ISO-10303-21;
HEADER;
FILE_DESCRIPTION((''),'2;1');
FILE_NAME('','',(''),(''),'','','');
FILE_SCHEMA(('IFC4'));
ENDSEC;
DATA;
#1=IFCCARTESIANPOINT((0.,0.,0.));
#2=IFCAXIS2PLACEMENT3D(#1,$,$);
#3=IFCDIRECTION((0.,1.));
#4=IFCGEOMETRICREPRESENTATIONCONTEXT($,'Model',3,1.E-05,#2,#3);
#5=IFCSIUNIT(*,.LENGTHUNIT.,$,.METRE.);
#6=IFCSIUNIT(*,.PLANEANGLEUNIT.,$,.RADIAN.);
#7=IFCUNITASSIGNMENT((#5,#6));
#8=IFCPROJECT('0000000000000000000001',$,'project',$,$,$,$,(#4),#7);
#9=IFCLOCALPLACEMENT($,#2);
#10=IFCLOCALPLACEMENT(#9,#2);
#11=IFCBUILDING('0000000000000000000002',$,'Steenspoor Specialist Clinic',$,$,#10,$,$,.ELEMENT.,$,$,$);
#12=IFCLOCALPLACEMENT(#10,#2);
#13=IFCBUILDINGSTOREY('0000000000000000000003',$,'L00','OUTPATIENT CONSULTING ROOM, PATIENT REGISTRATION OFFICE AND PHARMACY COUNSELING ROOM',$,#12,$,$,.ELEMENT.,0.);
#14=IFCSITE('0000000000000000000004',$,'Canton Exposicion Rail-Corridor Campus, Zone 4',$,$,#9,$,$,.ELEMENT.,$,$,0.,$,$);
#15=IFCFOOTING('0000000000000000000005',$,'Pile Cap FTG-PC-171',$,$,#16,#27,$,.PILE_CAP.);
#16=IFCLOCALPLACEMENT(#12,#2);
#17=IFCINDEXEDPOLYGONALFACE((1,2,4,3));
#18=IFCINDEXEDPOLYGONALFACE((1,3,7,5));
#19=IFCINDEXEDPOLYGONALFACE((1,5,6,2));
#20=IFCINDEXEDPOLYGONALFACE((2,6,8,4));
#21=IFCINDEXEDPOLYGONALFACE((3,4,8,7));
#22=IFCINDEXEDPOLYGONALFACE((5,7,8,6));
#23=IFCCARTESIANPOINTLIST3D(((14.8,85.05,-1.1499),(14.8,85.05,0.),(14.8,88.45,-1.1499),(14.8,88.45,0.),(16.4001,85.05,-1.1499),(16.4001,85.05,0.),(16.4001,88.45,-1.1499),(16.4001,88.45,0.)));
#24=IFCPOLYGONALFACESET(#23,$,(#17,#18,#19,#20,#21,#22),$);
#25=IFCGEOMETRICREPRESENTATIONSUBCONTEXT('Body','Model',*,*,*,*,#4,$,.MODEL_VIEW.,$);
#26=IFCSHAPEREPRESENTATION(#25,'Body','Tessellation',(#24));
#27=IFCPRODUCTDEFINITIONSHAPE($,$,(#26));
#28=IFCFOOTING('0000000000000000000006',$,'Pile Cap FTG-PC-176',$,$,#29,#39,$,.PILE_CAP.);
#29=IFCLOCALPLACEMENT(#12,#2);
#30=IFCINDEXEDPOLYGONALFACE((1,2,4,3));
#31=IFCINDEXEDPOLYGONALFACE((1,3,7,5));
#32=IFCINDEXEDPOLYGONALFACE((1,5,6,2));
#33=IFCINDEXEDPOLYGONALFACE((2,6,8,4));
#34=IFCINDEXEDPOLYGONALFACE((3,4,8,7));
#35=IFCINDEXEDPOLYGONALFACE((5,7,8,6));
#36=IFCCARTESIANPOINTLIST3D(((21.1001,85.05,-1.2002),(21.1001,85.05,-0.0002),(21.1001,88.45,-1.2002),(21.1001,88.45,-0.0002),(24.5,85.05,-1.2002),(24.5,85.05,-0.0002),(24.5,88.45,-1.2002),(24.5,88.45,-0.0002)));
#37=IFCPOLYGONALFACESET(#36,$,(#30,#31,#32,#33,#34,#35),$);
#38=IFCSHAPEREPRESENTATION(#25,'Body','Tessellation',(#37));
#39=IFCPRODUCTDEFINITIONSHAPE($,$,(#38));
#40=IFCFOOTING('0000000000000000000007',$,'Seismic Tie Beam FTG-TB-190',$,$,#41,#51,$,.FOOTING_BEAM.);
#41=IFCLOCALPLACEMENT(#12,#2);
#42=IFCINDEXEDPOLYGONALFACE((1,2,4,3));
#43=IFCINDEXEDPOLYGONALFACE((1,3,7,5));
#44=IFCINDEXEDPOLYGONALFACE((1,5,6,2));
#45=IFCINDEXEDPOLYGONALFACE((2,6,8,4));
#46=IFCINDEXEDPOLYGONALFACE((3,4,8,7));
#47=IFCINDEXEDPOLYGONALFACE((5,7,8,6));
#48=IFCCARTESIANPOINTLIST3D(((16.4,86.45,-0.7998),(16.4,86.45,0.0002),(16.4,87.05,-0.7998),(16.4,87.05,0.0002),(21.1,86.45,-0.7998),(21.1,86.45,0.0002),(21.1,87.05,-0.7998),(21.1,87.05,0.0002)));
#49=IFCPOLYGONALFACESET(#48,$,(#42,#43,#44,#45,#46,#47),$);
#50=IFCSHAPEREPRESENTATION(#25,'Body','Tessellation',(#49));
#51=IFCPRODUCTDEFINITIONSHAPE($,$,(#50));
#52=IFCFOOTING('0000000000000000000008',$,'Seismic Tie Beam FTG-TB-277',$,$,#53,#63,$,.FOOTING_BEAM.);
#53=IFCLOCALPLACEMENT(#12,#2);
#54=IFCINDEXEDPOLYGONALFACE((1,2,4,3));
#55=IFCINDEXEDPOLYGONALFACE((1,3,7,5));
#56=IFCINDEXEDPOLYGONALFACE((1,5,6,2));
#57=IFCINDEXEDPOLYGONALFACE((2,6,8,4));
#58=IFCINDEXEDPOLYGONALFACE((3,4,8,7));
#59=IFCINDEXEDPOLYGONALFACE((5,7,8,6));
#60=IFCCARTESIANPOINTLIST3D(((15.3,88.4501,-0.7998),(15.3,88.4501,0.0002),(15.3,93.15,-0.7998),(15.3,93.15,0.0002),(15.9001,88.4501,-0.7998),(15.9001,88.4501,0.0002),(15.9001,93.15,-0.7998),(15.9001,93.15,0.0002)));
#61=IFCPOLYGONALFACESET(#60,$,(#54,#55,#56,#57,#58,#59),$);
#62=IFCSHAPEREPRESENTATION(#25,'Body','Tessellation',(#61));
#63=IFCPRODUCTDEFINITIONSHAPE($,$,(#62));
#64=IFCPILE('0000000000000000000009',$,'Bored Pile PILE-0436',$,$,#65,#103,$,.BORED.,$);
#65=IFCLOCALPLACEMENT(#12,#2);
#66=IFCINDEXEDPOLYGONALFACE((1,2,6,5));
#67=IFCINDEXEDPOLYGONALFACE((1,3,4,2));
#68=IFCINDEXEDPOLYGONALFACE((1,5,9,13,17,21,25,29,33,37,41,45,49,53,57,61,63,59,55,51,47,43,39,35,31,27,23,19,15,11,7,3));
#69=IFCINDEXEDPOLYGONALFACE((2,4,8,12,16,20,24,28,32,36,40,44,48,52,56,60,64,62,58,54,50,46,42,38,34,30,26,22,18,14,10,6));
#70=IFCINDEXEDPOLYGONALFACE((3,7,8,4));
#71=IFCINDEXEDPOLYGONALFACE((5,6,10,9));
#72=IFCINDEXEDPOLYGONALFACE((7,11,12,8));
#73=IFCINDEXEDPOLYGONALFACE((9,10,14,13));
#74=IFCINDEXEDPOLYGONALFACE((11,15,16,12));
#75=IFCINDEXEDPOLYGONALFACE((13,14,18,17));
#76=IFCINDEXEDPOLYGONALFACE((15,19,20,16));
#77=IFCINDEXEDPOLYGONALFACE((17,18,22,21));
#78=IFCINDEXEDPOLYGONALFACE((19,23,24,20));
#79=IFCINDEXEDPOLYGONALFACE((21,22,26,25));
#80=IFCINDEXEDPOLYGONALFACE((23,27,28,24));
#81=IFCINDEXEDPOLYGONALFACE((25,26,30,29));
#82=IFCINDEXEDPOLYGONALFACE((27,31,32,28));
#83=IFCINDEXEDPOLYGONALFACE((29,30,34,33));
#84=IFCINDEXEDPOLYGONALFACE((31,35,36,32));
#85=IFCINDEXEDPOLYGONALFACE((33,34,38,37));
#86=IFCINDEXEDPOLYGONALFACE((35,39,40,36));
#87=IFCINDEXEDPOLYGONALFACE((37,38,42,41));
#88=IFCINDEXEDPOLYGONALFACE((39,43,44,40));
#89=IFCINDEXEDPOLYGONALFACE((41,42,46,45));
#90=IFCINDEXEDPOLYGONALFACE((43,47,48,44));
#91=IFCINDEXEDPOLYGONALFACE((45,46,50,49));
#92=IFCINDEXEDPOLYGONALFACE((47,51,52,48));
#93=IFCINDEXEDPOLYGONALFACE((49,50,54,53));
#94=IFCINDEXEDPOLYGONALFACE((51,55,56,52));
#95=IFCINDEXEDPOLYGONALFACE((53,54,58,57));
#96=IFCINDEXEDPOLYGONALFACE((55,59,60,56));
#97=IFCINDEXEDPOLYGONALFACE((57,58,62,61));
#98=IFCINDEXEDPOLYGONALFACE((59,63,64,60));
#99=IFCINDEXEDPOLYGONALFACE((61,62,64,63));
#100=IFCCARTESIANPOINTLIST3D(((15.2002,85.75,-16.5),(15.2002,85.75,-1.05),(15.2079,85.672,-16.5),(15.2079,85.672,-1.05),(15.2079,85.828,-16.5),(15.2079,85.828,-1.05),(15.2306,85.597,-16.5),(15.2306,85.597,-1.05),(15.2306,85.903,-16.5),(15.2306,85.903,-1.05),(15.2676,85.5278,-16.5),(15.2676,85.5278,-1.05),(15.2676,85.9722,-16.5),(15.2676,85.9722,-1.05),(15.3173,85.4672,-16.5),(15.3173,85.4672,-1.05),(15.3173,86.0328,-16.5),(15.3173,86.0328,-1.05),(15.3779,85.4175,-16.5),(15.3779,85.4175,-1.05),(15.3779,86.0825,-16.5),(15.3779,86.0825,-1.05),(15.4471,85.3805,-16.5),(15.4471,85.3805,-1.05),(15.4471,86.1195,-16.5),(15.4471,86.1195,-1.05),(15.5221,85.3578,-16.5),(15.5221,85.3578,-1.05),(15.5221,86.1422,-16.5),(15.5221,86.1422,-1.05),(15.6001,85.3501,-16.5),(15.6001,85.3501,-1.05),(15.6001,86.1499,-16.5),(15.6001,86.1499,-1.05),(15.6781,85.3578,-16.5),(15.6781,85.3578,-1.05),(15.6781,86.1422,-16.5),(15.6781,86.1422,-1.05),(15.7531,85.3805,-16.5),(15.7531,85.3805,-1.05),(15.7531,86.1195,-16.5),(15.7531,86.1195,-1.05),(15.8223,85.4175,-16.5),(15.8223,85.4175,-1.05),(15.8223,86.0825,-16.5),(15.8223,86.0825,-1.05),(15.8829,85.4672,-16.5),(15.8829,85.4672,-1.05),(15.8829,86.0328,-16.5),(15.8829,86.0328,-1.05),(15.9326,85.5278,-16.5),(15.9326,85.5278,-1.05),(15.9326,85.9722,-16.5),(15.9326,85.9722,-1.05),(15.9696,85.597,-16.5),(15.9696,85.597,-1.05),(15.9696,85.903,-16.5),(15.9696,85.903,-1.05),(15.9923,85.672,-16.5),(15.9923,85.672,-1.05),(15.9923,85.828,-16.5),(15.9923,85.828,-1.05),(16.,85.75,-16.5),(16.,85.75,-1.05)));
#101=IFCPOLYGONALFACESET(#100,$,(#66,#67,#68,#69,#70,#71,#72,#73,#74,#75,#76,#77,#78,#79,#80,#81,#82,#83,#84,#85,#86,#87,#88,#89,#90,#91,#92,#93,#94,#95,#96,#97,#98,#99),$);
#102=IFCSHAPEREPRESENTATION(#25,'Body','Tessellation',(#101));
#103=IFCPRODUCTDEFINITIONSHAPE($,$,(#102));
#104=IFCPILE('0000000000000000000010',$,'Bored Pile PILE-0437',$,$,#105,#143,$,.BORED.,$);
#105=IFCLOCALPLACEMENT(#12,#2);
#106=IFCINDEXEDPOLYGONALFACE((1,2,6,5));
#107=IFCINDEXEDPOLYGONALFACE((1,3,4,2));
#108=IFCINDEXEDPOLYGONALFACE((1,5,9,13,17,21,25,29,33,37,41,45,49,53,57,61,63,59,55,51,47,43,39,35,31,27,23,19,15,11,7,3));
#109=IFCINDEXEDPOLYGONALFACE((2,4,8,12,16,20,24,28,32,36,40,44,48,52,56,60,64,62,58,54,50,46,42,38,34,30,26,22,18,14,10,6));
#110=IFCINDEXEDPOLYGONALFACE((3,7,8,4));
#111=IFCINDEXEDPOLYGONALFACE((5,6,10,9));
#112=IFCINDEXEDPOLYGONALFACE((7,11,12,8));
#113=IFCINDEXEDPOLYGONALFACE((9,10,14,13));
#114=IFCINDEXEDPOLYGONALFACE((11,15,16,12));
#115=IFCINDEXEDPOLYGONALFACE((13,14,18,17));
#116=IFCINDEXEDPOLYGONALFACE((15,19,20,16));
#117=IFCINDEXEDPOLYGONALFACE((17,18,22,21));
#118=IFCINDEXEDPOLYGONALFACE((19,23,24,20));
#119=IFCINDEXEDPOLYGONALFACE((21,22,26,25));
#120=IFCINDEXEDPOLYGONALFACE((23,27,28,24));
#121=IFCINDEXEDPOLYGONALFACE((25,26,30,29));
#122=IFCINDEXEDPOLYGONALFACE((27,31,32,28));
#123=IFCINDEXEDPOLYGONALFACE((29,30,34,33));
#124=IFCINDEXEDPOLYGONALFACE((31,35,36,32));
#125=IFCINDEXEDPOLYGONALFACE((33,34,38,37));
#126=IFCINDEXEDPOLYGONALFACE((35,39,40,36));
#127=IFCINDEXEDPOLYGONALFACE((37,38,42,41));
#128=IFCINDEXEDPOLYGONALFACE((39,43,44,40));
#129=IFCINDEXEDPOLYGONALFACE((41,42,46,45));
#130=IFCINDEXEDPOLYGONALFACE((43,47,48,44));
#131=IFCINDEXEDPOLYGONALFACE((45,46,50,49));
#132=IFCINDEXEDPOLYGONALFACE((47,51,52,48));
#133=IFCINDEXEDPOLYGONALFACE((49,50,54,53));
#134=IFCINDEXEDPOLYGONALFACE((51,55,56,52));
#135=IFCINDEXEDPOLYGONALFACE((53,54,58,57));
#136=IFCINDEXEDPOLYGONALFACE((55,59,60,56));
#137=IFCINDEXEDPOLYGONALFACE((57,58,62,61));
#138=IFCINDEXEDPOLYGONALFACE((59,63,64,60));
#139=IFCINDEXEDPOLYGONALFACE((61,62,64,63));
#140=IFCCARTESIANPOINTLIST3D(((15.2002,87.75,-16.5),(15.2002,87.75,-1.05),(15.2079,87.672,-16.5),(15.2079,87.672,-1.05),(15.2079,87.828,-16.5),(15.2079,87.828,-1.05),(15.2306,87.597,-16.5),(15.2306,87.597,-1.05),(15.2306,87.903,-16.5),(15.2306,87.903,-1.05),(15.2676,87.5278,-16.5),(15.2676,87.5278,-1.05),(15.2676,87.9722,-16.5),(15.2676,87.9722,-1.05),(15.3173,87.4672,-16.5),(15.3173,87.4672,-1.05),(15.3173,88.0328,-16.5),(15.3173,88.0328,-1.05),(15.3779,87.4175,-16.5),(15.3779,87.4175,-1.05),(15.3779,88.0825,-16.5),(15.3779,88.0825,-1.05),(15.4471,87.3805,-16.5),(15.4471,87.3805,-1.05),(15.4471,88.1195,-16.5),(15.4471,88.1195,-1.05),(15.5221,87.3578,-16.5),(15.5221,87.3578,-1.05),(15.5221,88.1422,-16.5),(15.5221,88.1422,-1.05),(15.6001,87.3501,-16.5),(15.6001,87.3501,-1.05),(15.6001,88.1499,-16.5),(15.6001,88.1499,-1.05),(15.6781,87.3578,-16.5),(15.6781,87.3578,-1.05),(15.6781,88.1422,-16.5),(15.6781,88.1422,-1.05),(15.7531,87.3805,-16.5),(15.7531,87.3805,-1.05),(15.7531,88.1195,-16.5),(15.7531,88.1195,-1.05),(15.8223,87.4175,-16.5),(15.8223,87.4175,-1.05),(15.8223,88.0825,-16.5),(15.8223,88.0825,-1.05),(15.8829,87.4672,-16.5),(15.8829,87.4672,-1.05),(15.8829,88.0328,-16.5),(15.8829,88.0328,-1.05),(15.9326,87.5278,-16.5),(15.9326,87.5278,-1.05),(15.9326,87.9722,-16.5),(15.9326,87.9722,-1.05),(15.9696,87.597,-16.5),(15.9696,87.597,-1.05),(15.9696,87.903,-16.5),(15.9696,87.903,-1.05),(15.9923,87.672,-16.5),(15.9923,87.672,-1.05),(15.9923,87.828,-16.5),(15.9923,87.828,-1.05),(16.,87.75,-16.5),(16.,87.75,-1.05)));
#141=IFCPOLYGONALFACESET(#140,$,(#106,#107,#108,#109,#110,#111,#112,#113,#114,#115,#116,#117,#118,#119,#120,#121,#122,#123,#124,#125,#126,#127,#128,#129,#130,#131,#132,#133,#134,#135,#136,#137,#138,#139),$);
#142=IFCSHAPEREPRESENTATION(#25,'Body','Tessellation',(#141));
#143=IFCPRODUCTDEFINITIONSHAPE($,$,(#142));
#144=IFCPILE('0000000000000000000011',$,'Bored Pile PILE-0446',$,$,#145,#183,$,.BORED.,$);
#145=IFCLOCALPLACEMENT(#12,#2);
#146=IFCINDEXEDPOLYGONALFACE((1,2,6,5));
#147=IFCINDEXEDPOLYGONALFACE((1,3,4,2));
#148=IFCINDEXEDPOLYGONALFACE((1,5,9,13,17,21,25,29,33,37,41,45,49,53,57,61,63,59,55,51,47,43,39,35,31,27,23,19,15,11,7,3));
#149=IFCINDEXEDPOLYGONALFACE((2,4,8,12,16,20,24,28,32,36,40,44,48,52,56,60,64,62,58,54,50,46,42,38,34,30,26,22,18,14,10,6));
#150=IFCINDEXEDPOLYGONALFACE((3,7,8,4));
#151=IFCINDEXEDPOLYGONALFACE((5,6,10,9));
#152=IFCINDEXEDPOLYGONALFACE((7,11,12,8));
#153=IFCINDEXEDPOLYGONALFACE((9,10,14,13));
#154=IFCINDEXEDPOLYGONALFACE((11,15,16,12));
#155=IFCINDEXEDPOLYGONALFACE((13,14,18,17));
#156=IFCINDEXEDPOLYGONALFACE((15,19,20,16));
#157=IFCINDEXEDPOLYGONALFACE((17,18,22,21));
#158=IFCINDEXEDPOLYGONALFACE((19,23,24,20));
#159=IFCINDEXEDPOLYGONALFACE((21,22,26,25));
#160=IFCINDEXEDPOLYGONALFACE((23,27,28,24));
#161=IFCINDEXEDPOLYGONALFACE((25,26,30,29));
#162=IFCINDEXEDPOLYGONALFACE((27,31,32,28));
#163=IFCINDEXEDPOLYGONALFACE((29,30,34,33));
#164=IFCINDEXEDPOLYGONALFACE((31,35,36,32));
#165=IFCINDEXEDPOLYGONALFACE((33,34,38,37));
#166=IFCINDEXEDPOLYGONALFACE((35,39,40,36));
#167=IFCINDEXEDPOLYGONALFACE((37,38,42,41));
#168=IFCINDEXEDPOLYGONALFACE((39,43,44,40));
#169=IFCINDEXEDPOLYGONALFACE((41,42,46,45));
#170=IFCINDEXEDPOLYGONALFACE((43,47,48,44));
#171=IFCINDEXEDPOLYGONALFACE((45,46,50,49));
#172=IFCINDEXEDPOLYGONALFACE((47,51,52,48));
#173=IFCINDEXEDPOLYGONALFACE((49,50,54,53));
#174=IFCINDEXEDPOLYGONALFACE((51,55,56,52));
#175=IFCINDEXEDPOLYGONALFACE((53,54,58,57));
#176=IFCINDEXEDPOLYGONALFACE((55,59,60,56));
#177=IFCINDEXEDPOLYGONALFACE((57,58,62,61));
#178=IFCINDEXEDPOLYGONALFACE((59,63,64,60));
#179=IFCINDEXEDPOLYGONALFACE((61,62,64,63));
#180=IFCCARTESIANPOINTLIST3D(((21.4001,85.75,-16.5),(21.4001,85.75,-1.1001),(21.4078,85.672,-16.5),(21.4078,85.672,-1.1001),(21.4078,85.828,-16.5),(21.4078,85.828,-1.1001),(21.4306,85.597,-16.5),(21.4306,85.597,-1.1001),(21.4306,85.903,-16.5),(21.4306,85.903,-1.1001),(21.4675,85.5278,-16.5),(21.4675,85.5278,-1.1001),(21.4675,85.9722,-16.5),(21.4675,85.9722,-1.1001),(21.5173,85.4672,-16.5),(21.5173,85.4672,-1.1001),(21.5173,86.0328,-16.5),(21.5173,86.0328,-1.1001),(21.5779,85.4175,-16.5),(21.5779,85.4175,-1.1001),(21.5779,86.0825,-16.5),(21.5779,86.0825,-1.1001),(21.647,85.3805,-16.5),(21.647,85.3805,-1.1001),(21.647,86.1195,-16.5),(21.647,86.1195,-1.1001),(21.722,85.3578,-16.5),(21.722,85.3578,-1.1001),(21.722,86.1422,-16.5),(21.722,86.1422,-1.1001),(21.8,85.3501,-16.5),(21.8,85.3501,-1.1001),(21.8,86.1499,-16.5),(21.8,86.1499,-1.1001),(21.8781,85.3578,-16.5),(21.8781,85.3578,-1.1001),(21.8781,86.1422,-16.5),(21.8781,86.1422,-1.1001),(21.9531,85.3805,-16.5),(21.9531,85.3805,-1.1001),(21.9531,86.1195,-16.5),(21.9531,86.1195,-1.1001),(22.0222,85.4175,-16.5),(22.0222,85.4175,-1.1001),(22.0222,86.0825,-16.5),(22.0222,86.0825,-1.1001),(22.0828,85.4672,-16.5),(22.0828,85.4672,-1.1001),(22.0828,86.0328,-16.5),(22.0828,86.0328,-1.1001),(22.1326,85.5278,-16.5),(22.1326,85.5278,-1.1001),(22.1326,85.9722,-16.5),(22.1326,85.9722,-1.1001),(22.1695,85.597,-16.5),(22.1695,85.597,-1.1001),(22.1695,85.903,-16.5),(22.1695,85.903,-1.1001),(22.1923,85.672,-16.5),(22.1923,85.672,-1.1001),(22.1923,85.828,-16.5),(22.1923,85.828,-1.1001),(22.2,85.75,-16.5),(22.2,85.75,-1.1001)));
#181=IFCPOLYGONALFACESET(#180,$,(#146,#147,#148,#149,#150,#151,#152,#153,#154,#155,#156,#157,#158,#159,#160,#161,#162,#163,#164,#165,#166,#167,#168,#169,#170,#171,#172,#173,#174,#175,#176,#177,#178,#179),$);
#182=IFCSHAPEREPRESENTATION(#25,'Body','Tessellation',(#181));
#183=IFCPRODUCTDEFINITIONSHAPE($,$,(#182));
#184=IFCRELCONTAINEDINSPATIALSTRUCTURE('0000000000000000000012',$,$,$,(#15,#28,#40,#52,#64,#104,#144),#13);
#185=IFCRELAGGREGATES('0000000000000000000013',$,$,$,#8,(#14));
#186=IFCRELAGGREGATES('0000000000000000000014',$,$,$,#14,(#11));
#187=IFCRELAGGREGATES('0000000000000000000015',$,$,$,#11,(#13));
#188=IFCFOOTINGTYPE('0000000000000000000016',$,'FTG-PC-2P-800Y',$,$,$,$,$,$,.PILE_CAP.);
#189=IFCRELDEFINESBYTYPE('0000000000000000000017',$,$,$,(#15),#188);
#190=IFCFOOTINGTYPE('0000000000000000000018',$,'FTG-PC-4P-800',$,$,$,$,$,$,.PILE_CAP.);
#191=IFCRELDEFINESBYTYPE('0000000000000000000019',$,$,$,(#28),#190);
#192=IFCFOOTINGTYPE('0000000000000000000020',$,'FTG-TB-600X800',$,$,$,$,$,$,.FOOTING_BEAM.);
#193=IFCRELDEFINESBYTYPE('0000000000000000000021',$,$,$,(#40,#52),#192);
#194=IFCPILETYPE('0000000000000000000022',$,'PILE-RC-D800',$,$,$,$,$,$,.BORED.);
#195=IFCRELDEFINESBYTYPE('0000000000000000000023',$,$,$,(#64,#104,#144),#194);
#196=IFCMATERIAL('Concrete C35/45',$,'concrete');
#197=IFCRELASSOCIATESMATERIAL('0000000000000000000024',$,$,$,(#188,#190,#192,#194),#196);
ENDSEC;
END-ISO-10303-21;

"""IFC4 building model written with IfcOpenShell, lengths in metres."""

from ifc_helpers import new_model, si_unit, direction, frame, origin, origin_2d, place, context, subcontext, project, spatial, rectangle, circle, extrude, material, material_profile, profile_set, type_object, element, save


model = new_model("IFC4")

# Units and contexts
model_context = context("Model", 3, precision=1e-05, world=origin(), true_north=direction((0.0, 1.0)))
body_context = subcontext(model_context, "Body", "Model", "MODEL_VIEW")
ifc_project = project(units=[si_unit("LENGTHUNIT", "METRE"), si_unit("PLANEANGLEUNIT", "RADIAN")], contexts=[model_context])

# Site, building, storey
site_placement = place(None, origin())
site = spatial("IfcSite", under=ifc_project, at=site_placement, Name="Canton Exposicion Rail-Corridor Campus, Zone 4", CompositionType="ELEMENT", RefElevation=0.0)
building_placement = place(site_placement, origin())
building = spatial("IfcBuilding", under=site, at=building_placement, Name="Steenspoor Specialist Clinic", CompositionType="ELEMENT")
storey_placement = place(building_placement, origin())
storey = spatial("IfcBuildingStorey", under=building, at=storey_placement, Name="L00", Description="OUTPATIENT CONSULTING ROOM, PATIENT REGISTRATION OFFICE AND PHARMACY COUNSELING ROOM", CompositionType="ELEMENT", Elevation=0.0)

# Footings
ifc_material_1 = material(Name="Concrete C35/45", Category="concrete")
footing_type_1 = type_object("IfcFootingType", Name="FTG-PC-2P-800Y", PredefinedType="PILE_CAP", material=ifc_material_1)
footing_1_placement = place(storey_placement, frame((15.6001, 86.75, -1.1499), z_axis=(0.0, 0.0, 1.0), x_axis=(1.0, 0.0, 0.0)))
element("IfcFooting", 1, at=footing_1_placement, inside=storey, type_object=footing_type_1, Name="Pile Cap FTG-PC-171", PredefinedType="PILE_CAP", context=body_context, shape_type="SweptSolid", body=[
    extrude(rectangle(XDim=1.6001, YDim=3.3999, at=origin_2d()), origin(), (0.0, 0.0, 1.0), 1.1499),
])
footing_type_2 = type_object("IfcFootingType", Name="FTG-PC-4P-800", PredefinedType="PILE_CAP", material=ifc_material_1)
footing_2_placement = place(storey_placement, frame((22.8, 86.75, -1.2002), z_axis=(0.0, 0.0, 1.0), x_axis=(1.0, 0.0, 0.0)))
element("IfcFooting", 2, at=footing_2_placement, inside=storey, type_object=footing_type_2, Name="Pile Cap FTG-PC-176", PredefinedType="PILE_CAP", context=body_context, shape_type="SweptSolid", body=[
    extrude(rectangle(XDim=3.3999, YDim=3.3999, at=origin_2d()), origin(), (0.0, 0.0, 1.0), 1.2),
])
footing_type_3 = type_object("IfcFootingType", Name="FTG-TB-600X800", PredefinedType="FOOTING_BEAM", material=ifc_material_1)
footing_3_placement = place(storey_placement, frame((18.75, 86.75, -0.7998), z_axis=(0.0, 0.0, 1.0), x_axis=(1.0, 0.0, 0.0)))
element("IfcFooting", 3, at=footing_3_placement, inside=storey, type_object=footing_type_3, Name="Seismic Tie Beam FTG-TB-190", PredefinedType="FOOTING_BEAM", context=body_context, shape_type="SweptSolid", body=[
    extrude(rectangle(XDim=4.7, YDim=0.6001, at=origin_2d()), origin(), (0.0, 0.0, 1.0), 0.8),
])
footing_4_placement = place(storey_placement, frame((15.6001, 90.8, -0.7998), z_axis=(0.0, 0.0, 1.0), x_axis=(1.0, 0.0, 0.0)))
element("IfcFooting", 4, at=footing_4_placement, inside=storey, type_object=footing_type_3, Name="Seismic Tie Beam FTG-TB-277", PredefinedType="FOOTING_BEAM", context=body_context, shape_type="SweptSolid", body=[
    extrude(rectangle(XDim=0.6001, YDim=4.7, at=origin_2d()), origin(), (0.0, 0.0, 1.0), 0.8),
])

# Piles
ifc_material_profile_1 = material_profile(ifc_material_1, circle(Radius=0.3999, at=origin_2d()), Name="PILE-D800")
ifc_profile_set_1 = profile_set([ifc_material_profile_1], Name="Concrete C35/45")
pile_type = type_object("IfcPileType", Name="PILE-RC-D800", PredefinedType="BORED", material=ifc_profile_set_1)
for number, where, z_axis, x_axis, name in (
    (5, (15.6001, 85.75, -1.05), (0.0, 0.0, -1.0), (1.0, 0.0, 0.0), "Bored Pile PILE-0436"),
    (6, (15.6001, 87.75, -1.05), (0.0, 0.0, -1.0), (1.0, 0.0, 0.0), "Bored Pile PILE-0437"),
):
    element("IfcPile", number, at=place(storey_placement, frame(where, z_axis=z_axis, x_axis=x_axis)), inside=storey, type_object=pile_type, Name=name, PredefinedType="BORED", context=body_context, shape_type="SweptSolid", body=[
        extrude(circle(Radius=0.3999, at=origin_2d()), origin(), (0.0, 0.0, 1.0), 15.45),
    ])
for number, where, z_axis, x_axis, name in (
    (7, (21.8, 85.75, -1.1001), (0.0, 0.0, -1.0), (1.0, 0.0, 0.0), "Bored Pile PILE-0446"),
):
    element("IfcPile", number, at=place(storey_placement, frame(where, z_axis=z_axis, x_axis=x_axis)), inside=storey, type_object=pile_type, Name=name, PredefinedType="BORED", context=body_context, shape_type="SweptSolid", body=[
        extrude(circle(Radius=0.3999, at=origin_2d()), origin(), (0.0, 0.0, 1.0), 15.3999),
    ])

save(model, "model.ifc")
